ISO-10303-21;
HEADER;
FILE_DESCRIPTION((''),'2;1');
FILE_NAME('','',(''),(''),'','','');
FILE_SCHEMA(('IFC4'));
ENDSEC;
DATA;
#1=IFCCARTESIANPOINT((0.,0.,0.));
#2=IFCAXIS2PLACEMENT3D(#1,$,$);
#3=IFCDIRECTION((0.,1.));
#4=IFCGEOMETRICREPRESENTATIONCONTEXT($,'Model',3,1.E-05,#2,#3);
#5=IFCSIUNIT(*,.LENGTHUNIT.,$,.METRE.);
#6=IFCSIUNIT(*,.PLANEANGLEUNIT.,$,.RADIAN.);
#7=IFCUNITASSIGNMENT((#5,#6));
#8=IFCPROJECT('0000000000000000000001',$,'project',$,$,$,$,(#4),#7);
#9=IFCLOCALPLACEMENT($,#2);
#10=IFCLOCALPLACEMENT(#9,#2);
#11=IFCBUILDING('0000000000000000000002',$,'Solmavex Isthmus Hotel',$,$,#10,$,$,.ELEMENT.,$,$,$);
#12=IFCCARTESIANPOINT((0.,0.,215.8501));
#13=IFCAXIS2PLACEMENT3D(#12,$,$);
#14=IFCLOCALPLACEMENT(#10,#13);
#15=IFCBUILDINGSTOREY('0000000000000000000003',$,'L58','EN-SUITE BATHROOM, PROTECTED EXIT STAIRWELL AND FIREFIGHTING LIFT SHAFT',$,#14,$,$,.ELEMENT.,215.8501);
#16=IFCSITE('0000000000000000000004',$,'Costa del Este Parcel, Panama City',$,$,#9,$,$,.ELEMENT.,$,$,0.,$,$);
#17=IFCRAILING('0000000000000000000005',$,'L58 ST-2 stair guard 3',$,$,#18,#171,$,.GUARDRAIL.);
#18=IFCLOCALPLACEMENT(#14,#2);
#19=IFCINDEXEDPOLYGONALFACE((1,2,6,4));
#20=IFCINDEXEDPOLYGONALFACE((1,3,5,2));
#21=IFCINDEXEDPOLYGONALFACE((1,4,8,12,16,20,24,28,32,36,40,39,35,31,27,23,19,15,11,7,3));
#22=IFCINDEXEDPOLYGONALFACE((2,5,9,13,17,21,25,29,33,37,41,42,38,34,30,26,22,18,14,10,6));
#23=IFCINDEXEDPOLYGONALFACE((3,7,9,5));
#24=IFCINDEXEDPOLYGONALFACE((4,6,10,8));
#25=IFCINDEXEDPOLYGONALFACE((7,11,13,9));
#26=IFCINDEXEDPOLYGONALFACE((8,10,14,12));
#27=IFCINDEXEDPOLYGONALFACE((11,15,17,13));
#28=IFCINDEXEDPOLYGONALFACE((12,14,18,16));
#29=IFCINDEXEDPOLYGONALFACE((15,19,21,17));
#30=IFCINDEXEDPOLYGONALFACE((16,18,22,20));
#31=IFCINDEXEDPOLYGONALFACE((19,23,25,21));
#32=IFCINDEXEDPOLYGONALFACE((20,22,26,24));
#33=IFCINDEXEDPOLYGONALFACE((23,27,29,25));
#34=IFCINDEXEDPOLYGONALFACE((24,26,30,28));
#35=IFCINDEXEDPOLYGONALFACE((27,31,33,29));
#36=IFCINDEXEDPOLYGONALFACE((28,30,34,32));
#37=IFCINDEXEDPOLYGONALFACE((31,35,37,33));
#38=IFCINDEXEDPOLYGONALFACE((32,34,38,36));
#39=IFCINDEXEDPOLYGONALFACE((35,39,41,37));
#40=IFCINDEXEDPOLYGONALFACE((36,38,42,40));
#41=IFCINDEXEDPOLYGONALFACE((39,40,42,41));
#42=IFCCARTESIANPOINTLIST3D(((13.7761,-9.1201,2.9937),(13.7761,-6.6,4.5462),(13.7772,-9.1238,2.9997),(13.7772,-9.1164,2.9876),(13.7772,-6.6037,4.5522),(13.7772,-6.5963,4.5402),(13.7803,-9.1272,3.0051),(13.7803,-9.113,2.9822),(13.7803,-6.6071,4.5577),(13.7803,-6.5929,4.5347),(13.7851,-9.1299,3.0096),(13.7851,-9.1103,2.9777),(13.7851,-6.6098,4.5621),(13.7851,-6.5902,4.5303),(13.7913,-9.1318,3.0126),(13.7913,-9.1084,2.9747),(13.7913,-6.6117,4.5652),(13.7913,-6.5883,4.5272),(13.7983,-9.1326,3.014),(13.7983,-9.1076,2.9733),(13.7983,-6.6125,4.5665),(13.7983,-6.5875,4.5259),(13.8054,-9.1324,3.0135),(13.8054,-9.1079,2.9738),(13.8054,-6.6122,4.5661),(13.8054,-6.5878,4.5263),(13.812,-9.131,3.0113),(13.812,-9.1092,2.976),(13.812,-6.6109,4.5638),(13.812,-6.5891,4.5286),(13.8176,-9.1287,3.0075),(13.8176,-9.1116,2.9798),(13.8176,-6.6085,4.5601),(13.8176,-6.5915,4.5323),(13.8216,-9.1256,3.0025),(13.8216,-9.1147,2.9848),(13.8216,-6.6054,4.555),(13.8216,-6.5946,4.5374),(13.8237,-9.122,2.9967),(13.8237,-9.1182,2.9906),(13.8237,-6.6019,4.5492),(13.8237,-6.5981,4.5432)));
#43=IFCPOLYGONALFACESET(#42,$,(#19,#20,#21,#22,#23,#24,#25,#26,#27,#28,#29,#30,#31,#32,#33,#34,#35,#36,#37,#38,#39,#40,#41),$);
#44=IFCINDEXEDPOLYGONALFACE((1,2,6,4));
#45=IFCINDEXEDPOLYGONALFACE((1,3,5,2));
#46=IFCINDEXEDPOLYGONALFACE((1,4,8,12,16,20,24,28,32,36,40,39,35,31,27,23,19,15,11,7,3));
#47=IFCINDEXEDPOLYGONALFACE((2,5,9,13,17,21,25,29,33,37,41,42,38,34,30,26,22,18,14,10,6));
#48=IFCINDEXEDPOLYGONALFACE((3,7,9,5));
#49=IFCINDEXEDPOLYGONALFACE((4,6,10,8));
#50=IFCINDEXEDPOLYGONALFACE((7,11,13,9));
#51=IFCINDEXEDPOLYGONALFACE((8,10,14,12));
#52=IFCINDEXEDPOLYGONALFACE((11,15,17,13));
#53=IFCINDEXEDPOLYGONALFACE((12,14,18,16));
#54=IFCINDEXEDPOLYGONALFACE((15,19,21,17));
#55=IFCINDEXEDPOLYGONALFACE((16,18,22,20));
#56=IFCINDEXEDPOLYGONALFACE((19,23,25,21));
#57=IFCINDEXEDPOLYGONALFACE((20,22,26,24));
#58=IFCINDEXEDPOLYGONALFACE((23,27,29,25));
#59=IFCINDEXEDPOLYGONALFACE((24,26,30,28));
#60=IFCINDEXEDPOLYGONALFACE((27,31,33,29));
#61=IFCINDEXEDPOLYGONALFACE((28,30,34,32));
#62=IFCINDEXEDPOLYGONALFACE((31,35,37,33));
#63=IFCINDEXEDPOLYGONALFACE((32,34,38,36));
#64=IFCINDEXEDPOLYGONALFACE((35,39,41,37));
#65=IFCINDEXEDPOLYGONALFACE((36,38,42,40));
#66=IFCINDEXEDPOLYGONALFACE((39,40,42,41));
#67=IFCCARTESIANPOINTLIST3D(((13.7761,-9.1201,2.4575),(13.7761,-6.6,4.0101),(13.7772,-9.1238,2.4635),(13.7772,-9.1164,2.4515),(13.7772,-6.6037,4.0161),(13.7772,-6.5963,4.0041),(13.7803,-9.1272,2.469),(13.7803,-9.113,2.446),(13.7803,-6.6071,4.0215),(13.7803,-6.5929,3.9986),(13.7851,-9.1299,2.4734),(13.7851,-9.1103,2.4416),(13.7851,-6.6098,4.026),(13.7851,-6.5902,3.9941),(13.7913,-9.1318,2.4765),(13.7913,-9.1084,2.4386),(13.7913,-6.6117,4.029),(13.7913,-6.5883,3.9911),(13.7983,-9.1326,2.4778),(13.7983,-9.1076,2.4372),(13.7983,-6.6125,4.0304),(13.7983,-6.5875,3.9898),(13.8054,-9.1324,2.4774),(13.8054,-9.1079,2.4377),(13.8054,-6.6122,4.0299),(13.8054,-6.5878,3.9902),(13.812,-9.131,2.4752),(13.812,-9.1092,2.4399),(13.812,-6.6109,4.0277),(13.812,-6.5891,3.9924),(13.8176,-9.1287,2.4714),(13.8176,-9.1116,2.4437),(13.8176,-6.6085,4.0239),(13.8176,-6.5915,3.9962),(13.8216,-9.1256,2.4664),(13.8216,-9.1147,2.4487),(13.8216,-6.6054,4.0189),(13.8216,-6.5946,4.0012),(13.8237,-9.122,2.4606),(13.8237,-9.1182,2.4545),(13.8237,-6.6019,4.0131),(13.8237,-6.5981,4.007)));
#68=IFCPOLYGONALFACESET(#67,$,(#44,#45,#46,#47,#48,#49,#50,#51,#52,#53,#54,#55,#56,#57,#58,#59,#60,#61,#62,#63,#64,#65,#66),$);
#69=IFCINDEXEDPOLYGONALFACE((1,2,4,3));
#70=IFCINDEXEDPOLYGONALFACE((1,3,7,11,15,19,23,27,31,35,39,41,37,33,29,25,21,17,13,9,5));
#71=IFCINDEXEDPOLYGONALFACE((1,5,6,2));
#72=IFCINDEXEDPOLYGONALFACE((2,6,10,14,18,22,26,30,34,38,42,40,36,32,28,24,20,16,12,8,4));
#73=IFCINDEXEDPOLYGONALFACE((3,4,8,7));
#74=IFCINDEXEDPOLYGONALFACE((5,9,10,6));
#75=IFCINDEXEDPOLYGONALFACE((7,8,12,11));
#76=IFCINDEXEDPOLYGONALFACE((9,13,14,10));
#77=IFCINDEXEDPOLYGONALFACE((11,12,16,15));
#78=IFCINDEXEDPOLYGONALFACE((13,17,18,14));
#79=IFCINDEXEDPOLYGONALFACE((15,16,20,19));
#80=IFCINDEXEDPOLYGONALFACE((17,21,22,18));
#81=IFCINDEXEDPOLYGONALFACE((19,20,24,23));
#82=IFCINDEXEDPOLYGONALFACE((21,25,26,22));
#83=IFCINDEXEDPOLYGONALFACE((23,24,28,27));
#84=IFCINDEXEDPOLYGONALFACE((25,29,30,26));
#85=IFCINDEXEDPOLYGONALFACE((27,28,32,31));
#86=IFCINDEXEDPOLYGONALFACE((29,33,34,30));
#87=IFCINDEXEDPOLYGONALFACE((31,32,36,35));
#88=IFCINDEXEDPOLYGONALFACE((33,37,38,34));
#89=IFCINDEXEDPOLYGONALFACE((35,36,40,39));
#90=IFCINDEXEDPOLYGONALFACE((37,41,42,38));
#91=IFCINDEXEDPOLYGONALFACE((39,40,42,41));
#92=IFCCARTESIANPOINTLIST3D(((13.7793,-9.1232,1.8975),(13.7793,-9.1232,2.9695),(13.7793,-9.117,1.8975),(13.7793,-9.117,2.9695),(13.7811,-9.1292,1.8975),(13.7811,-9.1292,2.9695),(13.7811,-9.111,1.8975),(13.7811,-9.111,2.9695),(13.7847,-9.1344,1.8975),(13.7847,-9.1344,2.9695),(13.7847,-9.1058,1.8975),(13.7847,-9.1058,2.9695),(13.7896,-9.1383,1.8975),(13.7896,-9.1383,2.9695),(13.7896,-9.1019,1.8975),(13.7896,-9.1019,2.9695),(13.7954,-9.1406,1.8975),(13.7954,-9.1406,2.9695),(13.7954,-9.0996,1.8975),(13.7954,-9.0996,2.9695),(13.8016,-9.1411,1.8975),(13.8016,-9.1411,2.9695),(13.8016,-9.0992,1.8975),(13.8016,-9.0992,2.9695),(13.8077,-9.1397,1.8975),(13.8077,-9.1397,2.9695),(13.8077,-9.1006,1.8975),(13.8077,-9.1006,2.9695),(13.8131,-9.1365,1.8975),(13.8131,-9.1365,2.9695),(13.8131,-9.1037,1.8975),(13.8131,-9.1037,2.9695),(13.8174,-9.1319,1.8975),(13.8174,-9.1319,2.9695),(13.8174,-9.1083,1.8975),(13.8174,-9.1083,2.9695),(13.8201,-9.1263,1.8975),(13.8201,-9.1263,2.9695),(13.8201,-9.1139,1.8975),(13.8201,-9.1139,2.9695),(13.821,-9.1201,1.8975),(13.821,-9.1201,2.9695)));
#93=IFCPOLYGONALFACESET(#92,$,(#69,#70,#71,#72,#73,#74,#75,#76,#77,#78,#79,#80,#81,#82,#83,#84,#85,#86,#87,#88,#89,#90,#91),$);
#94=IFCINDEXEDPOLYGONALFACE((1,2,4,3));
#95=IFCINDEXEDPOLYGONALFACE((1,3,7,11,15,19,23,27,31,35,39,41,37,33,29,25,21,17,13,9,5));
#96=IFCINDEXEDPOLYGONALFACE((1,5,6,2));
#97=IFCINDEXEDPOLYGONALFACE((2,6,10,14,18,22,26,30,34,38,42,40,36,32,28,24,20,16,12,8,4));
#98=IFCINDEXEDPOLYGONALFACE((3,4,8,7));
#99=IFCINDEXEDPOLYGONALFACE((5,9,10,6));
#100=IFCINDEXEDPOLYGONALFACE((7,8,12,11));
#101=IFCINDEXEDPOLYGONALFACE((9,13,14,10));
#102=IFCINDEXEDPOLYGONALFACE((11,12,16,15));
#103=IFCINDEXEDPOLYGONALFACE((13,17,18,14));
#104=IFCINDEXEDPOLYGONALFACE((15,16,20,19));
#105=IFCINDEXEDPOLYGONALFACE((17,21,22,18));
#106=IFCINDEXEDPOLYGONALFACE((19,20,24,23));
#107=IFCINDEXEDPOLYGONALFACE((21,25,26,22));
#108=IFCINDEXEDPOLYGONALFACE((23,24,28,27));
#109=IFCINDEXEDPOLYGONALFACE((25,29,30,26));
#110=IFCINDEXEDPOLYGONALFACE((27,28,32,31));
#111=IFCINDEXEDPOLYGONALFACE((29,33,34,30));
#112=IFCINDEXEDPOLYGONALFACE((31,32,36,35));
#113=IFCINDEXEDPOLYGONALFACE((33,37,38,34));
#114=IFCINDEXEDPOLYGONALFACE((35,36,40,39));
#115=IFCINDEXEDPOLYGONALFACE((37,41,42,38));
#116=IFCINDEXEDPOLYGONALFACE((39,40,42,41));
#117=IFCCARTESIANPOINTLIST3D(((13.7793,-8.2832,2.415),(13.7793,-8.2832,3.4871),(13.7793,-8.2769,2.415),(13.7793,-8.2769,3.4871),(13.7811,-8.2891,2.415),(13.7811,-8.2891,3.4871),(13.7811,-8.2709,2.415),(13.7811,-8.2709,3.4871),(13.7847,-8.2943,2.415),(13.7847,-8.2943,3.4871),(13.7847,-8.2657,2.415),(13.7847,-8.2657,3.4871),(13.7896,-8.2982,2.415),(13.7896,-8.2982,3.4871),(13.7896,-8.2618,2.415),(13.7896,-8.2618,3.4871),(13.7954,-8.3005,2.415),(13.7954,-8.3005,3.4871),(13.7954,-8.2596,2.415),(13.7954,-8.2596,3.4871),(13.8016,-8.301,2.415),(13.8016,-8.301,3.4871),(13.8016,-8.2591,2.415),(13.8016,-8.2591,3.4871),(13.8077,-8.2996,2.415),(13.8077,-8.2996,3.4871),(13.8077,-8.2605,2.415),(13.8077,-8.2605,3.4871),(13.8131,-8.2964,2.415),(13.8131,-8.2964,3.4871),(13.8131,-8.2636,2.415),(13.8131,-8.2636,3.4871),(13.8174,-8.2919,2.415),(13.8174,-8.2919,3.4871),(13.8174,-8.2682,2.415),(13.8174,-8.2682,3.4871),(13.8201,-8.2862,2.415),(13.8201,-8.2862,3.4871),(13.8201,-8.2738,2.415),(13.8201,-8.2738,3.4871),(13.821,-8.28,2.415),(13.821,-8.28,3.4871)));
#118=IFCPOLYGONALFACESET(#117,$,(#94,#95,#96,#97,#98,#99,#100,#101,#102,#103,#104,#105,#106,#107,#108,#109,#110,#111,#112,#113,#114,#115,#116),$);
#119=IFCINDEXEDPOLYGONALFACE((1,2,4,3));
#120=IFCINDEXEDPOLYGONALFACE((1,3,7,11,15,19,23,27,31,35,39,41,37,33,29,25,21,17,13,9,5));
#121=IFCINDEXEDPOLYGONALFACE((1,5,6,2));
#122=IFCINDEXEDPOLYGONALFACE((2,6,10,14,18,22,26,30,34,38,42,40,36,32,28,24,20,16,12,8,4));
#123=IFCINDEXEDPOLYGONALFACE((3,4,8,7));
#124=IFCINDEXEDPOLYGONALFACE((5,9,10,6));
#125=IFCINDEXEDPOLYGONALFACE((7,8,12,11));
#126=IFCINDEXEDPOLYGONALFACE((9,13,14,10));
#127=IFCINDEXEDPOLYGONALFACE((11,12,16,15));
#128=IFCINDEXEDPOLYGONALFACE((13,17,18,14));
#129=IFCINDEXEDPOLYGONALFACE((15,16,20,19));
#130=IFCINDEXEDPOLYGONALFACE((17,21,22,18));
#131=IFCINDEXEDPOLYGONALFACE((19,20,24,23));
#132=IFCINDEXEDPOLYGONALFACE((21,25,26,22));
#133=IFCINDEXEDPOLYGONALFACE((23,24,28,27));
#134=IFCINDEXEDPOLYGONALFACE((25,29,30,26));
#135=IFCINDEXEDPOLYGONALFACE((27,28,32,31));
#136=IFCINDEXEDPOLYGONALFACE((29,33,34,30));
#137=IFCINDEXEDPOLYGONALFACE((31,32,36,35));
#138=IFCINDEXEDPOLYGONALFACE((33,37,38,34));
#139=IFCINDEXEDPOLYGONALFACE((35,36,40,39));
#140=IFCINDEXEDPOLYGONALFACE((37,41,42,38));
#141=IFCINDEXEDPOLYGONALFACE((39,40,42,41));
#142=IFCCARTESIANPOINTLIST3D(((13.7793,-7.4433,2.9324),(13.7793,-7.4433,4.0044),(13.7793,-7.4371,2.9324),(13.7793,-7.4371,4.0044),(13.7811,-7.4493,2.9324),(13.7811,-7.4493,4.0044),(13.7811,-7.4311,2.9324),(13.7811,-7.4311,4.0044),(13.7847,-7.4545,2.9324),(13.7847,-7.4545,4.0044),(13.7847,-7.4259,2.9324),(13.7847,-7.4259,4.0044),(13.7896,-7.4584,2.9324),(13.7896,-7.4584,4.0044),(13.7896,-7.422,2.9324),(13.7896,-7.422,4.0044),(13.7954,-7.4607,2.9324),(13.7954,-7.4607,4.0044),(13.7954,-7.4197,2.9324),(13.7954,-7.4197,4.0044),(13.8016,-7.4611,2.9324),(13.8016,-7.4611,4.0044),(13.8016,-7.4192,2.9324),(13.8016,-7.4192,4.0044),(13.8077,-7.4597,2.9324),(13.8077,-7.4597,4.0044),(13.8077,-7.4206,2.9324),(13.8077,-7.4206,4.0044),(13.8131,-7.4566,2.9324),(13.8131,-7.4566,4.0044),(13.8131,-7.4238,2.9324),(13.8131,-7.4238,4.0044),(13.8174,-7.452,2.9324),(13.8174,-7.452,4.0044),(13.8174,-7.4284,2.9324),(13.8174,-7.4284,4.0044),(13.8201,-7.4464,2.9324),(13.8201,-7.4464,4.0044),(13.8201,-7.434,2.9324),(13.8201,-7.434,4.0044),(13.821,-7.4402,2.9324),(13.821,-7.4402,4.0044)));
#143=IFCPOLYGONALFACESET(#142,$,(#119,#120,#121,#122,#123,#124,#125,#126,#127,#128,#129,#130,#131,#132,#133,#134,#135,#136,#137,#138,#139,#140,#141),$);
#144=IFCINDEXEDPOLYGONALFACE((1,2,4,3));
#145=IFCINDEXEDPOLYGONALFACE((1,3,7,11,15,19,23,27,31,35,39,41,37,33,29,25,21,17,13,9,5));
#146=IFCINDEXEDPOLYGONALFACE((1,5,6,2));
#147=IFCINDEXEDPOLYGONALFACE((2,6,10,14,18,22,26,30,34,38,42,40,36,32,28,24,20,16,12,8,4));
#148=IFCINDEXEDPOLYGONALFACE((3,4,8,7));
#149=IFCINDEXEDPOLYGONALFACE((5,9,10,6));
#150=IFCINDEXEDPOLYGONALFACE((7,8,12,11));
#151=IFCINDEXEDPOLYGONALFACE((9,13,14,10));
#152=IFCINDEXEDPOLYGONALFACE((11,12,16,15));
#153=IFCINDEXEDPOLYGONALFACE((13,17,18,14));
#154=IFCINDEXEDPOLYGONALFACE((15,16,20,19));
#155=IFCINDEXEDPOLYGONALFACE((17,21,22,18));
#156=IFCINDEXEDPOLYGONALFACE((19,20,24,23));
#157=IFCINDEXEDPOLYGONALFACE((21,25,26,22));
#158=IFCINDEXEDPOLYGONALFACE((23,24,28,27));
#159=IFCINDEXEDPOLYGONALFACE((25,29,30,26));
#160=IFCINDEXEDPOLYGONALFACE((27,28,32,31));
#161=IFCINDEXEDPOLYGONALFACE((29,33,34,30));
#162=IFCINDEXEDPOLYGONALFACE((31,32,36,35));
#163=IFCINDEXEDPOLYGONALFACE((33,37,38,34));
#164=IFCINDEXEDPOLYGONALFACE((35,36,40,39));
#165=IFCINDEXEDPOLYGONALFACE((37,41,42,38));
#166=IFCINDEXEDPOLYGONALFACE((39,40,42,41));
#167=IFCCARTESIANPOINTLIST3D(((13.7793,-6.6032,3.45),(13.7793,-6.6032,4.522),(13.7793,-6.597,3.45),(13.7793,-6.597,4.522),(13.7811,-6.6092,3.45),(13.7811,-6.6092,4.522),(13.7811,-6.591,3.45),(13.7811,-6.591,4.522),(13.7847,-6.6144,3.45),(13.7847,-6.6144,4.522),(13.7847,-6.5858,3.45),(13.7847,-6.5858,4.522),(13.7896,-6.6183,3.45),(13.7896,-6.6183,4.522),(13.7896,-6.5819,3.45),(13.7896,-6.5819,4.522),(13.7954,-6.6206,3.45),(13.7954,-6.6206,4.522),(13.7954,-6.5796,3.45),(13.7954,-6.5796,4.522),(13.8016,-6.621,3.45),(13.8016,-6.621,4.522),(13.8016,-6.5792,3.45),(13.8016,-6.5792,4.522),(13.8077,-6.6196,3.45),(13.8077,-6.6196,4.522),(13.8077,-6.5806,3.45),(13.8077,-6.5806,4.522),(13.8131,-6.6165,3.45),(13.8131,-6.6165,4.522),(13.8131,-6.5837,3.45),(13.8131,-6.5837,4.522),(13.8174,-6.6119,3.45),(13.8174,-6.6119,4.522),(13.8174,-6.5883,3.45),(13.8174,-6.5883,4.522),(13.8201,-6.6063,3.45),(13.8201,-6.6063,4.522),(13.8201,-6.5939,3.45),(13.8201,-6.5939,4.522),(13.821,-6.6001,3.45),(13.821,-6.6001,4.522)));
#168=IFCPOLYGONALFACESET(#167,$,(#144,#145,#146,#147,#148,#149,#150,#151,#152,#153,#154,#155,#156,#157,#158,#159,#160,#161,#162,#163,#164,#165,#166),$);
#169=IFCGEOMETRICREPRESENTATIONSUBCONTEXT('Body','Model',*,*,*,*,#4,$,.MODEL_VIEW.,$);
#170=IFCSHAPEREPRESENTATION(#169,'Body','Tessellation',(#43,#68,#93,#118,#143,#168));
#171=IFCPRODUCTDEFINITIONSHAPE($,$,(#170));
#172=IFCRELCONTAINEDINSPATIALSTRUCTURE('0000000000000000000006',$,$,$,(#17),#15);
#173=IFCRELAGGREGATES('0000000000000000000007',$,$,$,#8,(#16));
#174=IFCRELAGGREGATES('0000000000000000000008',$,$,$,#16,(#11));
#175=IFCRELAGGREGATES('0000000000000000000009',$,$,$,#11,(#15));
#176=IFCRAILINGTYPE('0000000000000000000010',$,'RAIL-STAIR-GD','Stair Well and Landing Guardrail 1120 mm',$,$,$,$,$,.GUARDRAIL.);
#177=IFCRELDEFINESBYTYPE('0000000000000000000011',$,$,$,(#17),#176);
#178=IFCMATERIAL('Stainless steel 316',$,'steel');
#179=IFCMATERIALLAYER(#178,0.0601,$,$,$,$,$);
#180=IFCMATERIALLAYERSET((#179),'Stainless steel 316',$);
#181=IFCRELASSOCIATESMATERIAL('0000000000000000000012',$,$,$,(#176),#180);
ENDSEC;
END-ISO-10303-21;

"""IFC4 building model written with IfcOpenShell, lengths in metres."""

from ifc_helpers import new_model, si_unit, direction, frame, origin, origin_2d, place, context, subcontext, project, spatial, circle, extrude, material, layer, layer_set, type_object, element, save


model = new_model("IFC4")

# Units and contexts
model_context = context("Model", 3, precision=1e-05, world=origin(), true_north=direction((0.0, 1.0)))
body_context = subcontext(model_context, "Body", "Model", "MODEL_VIEW")
ifc_project = project(units=[si_unit("LENGTHUNIT", "METRE"), si_unit("PLANEANGLEUNIT", "RADIAN")], contexts=[model_context])

# Site, building, storey
site_placement = place(None, origin())
site = spatial("IfcSite", under=ifc_project, at=site_placement, Name="Costa del Este Parcel, Panama City", CompositionType="ELEMENT", RefElevation=0.0)
building_placement = place(site_placement, origin())
building = spatial("IfcBuilding", under=site, at=building_placement, Name="Solmavex Isthmus Hotel", CompositionType="ELEMENT")
storey_placement = place(building_placement, frame((0.0, 0.0, 215.8501)))
storey = spatial("IfcBuildingStorey", under=building, at=storey_placement, Name="L58", Description="EN-SUITE BATHROOM, PROTECTED EXIT STAIRWELL AND FIREFIGHTING LIFT SHAFT", CompositionType="ELEMENT", Elevation=215.8501)

# Railing
ifc_material_1 = material(Name="Stainless steel 316", Category="steel")
ifc_layer_1 = layer(ifc_material_1, 0.0601)
ifc_layer_set_1 = layer_set([ifc_layer_1], Name="Stainless steel 316")
railing_type_1 = type_object("IfcRailingType", Name="RAIL-STAIR-GD", Description="Stair Well and Landing Guardrail 1120 mm", PredefinedType="GUARDRAIL", material=ifc_layer_set_1)
railing_1_placement = place(storey_placement, frame((13.8, -9.1201, 1.8975)))
element("IfcRailing", 1, at=railing_1_placement, inside=storey, type_object=railing_type_1, Name="L58 ST-2 stair guard 3", PredefinedType="GUARDRAIL", context=body_context, shape_type="SweptSolid", body=[
    extrude(circle(Radius=0.0239, at=origin_2d()), frame((0.0, 0.0, 1.0962), z_axis=(0.0, 0.8514, 0.524516), x_axis=(-1.0, 0.0, 0.0)), (0.0, 0.0, 1.0), 2.96),
    extrude(circle(Radius=0.0239, at=origin_2d()), frame((0.0, 0.0, 0.5601), z_axis=(0.0, 0.8514, 0.524516), x_axis=(-1.0, 0.0, 0.0)), (0.0, 0.0, 1.0), 2.96),
    extrude(circle(Radius=0.021, at=origin_2d()), origin(), (0.0, 0.0, 1.0), 1.072),
    extrude(circle(Radius=0.021, at=origin_2d()), frame((0.0, 0.8401, 0.5176)), (0.0, 0.0, 1.0), 1.072),
    extrude(circle(Radius=0.021, at=origin_2d()), frame((0.0, 1.6799, 1.0349)), (0.0, 0.0, 1.0), 1.072),
    extrude(circle(Radius=0.021, at=origin_2d()), frame((0.0, 2.52, 1.5525)), (0.0, 0.0, 1.0), 1.072),
])

save(model, "model.ifc")
